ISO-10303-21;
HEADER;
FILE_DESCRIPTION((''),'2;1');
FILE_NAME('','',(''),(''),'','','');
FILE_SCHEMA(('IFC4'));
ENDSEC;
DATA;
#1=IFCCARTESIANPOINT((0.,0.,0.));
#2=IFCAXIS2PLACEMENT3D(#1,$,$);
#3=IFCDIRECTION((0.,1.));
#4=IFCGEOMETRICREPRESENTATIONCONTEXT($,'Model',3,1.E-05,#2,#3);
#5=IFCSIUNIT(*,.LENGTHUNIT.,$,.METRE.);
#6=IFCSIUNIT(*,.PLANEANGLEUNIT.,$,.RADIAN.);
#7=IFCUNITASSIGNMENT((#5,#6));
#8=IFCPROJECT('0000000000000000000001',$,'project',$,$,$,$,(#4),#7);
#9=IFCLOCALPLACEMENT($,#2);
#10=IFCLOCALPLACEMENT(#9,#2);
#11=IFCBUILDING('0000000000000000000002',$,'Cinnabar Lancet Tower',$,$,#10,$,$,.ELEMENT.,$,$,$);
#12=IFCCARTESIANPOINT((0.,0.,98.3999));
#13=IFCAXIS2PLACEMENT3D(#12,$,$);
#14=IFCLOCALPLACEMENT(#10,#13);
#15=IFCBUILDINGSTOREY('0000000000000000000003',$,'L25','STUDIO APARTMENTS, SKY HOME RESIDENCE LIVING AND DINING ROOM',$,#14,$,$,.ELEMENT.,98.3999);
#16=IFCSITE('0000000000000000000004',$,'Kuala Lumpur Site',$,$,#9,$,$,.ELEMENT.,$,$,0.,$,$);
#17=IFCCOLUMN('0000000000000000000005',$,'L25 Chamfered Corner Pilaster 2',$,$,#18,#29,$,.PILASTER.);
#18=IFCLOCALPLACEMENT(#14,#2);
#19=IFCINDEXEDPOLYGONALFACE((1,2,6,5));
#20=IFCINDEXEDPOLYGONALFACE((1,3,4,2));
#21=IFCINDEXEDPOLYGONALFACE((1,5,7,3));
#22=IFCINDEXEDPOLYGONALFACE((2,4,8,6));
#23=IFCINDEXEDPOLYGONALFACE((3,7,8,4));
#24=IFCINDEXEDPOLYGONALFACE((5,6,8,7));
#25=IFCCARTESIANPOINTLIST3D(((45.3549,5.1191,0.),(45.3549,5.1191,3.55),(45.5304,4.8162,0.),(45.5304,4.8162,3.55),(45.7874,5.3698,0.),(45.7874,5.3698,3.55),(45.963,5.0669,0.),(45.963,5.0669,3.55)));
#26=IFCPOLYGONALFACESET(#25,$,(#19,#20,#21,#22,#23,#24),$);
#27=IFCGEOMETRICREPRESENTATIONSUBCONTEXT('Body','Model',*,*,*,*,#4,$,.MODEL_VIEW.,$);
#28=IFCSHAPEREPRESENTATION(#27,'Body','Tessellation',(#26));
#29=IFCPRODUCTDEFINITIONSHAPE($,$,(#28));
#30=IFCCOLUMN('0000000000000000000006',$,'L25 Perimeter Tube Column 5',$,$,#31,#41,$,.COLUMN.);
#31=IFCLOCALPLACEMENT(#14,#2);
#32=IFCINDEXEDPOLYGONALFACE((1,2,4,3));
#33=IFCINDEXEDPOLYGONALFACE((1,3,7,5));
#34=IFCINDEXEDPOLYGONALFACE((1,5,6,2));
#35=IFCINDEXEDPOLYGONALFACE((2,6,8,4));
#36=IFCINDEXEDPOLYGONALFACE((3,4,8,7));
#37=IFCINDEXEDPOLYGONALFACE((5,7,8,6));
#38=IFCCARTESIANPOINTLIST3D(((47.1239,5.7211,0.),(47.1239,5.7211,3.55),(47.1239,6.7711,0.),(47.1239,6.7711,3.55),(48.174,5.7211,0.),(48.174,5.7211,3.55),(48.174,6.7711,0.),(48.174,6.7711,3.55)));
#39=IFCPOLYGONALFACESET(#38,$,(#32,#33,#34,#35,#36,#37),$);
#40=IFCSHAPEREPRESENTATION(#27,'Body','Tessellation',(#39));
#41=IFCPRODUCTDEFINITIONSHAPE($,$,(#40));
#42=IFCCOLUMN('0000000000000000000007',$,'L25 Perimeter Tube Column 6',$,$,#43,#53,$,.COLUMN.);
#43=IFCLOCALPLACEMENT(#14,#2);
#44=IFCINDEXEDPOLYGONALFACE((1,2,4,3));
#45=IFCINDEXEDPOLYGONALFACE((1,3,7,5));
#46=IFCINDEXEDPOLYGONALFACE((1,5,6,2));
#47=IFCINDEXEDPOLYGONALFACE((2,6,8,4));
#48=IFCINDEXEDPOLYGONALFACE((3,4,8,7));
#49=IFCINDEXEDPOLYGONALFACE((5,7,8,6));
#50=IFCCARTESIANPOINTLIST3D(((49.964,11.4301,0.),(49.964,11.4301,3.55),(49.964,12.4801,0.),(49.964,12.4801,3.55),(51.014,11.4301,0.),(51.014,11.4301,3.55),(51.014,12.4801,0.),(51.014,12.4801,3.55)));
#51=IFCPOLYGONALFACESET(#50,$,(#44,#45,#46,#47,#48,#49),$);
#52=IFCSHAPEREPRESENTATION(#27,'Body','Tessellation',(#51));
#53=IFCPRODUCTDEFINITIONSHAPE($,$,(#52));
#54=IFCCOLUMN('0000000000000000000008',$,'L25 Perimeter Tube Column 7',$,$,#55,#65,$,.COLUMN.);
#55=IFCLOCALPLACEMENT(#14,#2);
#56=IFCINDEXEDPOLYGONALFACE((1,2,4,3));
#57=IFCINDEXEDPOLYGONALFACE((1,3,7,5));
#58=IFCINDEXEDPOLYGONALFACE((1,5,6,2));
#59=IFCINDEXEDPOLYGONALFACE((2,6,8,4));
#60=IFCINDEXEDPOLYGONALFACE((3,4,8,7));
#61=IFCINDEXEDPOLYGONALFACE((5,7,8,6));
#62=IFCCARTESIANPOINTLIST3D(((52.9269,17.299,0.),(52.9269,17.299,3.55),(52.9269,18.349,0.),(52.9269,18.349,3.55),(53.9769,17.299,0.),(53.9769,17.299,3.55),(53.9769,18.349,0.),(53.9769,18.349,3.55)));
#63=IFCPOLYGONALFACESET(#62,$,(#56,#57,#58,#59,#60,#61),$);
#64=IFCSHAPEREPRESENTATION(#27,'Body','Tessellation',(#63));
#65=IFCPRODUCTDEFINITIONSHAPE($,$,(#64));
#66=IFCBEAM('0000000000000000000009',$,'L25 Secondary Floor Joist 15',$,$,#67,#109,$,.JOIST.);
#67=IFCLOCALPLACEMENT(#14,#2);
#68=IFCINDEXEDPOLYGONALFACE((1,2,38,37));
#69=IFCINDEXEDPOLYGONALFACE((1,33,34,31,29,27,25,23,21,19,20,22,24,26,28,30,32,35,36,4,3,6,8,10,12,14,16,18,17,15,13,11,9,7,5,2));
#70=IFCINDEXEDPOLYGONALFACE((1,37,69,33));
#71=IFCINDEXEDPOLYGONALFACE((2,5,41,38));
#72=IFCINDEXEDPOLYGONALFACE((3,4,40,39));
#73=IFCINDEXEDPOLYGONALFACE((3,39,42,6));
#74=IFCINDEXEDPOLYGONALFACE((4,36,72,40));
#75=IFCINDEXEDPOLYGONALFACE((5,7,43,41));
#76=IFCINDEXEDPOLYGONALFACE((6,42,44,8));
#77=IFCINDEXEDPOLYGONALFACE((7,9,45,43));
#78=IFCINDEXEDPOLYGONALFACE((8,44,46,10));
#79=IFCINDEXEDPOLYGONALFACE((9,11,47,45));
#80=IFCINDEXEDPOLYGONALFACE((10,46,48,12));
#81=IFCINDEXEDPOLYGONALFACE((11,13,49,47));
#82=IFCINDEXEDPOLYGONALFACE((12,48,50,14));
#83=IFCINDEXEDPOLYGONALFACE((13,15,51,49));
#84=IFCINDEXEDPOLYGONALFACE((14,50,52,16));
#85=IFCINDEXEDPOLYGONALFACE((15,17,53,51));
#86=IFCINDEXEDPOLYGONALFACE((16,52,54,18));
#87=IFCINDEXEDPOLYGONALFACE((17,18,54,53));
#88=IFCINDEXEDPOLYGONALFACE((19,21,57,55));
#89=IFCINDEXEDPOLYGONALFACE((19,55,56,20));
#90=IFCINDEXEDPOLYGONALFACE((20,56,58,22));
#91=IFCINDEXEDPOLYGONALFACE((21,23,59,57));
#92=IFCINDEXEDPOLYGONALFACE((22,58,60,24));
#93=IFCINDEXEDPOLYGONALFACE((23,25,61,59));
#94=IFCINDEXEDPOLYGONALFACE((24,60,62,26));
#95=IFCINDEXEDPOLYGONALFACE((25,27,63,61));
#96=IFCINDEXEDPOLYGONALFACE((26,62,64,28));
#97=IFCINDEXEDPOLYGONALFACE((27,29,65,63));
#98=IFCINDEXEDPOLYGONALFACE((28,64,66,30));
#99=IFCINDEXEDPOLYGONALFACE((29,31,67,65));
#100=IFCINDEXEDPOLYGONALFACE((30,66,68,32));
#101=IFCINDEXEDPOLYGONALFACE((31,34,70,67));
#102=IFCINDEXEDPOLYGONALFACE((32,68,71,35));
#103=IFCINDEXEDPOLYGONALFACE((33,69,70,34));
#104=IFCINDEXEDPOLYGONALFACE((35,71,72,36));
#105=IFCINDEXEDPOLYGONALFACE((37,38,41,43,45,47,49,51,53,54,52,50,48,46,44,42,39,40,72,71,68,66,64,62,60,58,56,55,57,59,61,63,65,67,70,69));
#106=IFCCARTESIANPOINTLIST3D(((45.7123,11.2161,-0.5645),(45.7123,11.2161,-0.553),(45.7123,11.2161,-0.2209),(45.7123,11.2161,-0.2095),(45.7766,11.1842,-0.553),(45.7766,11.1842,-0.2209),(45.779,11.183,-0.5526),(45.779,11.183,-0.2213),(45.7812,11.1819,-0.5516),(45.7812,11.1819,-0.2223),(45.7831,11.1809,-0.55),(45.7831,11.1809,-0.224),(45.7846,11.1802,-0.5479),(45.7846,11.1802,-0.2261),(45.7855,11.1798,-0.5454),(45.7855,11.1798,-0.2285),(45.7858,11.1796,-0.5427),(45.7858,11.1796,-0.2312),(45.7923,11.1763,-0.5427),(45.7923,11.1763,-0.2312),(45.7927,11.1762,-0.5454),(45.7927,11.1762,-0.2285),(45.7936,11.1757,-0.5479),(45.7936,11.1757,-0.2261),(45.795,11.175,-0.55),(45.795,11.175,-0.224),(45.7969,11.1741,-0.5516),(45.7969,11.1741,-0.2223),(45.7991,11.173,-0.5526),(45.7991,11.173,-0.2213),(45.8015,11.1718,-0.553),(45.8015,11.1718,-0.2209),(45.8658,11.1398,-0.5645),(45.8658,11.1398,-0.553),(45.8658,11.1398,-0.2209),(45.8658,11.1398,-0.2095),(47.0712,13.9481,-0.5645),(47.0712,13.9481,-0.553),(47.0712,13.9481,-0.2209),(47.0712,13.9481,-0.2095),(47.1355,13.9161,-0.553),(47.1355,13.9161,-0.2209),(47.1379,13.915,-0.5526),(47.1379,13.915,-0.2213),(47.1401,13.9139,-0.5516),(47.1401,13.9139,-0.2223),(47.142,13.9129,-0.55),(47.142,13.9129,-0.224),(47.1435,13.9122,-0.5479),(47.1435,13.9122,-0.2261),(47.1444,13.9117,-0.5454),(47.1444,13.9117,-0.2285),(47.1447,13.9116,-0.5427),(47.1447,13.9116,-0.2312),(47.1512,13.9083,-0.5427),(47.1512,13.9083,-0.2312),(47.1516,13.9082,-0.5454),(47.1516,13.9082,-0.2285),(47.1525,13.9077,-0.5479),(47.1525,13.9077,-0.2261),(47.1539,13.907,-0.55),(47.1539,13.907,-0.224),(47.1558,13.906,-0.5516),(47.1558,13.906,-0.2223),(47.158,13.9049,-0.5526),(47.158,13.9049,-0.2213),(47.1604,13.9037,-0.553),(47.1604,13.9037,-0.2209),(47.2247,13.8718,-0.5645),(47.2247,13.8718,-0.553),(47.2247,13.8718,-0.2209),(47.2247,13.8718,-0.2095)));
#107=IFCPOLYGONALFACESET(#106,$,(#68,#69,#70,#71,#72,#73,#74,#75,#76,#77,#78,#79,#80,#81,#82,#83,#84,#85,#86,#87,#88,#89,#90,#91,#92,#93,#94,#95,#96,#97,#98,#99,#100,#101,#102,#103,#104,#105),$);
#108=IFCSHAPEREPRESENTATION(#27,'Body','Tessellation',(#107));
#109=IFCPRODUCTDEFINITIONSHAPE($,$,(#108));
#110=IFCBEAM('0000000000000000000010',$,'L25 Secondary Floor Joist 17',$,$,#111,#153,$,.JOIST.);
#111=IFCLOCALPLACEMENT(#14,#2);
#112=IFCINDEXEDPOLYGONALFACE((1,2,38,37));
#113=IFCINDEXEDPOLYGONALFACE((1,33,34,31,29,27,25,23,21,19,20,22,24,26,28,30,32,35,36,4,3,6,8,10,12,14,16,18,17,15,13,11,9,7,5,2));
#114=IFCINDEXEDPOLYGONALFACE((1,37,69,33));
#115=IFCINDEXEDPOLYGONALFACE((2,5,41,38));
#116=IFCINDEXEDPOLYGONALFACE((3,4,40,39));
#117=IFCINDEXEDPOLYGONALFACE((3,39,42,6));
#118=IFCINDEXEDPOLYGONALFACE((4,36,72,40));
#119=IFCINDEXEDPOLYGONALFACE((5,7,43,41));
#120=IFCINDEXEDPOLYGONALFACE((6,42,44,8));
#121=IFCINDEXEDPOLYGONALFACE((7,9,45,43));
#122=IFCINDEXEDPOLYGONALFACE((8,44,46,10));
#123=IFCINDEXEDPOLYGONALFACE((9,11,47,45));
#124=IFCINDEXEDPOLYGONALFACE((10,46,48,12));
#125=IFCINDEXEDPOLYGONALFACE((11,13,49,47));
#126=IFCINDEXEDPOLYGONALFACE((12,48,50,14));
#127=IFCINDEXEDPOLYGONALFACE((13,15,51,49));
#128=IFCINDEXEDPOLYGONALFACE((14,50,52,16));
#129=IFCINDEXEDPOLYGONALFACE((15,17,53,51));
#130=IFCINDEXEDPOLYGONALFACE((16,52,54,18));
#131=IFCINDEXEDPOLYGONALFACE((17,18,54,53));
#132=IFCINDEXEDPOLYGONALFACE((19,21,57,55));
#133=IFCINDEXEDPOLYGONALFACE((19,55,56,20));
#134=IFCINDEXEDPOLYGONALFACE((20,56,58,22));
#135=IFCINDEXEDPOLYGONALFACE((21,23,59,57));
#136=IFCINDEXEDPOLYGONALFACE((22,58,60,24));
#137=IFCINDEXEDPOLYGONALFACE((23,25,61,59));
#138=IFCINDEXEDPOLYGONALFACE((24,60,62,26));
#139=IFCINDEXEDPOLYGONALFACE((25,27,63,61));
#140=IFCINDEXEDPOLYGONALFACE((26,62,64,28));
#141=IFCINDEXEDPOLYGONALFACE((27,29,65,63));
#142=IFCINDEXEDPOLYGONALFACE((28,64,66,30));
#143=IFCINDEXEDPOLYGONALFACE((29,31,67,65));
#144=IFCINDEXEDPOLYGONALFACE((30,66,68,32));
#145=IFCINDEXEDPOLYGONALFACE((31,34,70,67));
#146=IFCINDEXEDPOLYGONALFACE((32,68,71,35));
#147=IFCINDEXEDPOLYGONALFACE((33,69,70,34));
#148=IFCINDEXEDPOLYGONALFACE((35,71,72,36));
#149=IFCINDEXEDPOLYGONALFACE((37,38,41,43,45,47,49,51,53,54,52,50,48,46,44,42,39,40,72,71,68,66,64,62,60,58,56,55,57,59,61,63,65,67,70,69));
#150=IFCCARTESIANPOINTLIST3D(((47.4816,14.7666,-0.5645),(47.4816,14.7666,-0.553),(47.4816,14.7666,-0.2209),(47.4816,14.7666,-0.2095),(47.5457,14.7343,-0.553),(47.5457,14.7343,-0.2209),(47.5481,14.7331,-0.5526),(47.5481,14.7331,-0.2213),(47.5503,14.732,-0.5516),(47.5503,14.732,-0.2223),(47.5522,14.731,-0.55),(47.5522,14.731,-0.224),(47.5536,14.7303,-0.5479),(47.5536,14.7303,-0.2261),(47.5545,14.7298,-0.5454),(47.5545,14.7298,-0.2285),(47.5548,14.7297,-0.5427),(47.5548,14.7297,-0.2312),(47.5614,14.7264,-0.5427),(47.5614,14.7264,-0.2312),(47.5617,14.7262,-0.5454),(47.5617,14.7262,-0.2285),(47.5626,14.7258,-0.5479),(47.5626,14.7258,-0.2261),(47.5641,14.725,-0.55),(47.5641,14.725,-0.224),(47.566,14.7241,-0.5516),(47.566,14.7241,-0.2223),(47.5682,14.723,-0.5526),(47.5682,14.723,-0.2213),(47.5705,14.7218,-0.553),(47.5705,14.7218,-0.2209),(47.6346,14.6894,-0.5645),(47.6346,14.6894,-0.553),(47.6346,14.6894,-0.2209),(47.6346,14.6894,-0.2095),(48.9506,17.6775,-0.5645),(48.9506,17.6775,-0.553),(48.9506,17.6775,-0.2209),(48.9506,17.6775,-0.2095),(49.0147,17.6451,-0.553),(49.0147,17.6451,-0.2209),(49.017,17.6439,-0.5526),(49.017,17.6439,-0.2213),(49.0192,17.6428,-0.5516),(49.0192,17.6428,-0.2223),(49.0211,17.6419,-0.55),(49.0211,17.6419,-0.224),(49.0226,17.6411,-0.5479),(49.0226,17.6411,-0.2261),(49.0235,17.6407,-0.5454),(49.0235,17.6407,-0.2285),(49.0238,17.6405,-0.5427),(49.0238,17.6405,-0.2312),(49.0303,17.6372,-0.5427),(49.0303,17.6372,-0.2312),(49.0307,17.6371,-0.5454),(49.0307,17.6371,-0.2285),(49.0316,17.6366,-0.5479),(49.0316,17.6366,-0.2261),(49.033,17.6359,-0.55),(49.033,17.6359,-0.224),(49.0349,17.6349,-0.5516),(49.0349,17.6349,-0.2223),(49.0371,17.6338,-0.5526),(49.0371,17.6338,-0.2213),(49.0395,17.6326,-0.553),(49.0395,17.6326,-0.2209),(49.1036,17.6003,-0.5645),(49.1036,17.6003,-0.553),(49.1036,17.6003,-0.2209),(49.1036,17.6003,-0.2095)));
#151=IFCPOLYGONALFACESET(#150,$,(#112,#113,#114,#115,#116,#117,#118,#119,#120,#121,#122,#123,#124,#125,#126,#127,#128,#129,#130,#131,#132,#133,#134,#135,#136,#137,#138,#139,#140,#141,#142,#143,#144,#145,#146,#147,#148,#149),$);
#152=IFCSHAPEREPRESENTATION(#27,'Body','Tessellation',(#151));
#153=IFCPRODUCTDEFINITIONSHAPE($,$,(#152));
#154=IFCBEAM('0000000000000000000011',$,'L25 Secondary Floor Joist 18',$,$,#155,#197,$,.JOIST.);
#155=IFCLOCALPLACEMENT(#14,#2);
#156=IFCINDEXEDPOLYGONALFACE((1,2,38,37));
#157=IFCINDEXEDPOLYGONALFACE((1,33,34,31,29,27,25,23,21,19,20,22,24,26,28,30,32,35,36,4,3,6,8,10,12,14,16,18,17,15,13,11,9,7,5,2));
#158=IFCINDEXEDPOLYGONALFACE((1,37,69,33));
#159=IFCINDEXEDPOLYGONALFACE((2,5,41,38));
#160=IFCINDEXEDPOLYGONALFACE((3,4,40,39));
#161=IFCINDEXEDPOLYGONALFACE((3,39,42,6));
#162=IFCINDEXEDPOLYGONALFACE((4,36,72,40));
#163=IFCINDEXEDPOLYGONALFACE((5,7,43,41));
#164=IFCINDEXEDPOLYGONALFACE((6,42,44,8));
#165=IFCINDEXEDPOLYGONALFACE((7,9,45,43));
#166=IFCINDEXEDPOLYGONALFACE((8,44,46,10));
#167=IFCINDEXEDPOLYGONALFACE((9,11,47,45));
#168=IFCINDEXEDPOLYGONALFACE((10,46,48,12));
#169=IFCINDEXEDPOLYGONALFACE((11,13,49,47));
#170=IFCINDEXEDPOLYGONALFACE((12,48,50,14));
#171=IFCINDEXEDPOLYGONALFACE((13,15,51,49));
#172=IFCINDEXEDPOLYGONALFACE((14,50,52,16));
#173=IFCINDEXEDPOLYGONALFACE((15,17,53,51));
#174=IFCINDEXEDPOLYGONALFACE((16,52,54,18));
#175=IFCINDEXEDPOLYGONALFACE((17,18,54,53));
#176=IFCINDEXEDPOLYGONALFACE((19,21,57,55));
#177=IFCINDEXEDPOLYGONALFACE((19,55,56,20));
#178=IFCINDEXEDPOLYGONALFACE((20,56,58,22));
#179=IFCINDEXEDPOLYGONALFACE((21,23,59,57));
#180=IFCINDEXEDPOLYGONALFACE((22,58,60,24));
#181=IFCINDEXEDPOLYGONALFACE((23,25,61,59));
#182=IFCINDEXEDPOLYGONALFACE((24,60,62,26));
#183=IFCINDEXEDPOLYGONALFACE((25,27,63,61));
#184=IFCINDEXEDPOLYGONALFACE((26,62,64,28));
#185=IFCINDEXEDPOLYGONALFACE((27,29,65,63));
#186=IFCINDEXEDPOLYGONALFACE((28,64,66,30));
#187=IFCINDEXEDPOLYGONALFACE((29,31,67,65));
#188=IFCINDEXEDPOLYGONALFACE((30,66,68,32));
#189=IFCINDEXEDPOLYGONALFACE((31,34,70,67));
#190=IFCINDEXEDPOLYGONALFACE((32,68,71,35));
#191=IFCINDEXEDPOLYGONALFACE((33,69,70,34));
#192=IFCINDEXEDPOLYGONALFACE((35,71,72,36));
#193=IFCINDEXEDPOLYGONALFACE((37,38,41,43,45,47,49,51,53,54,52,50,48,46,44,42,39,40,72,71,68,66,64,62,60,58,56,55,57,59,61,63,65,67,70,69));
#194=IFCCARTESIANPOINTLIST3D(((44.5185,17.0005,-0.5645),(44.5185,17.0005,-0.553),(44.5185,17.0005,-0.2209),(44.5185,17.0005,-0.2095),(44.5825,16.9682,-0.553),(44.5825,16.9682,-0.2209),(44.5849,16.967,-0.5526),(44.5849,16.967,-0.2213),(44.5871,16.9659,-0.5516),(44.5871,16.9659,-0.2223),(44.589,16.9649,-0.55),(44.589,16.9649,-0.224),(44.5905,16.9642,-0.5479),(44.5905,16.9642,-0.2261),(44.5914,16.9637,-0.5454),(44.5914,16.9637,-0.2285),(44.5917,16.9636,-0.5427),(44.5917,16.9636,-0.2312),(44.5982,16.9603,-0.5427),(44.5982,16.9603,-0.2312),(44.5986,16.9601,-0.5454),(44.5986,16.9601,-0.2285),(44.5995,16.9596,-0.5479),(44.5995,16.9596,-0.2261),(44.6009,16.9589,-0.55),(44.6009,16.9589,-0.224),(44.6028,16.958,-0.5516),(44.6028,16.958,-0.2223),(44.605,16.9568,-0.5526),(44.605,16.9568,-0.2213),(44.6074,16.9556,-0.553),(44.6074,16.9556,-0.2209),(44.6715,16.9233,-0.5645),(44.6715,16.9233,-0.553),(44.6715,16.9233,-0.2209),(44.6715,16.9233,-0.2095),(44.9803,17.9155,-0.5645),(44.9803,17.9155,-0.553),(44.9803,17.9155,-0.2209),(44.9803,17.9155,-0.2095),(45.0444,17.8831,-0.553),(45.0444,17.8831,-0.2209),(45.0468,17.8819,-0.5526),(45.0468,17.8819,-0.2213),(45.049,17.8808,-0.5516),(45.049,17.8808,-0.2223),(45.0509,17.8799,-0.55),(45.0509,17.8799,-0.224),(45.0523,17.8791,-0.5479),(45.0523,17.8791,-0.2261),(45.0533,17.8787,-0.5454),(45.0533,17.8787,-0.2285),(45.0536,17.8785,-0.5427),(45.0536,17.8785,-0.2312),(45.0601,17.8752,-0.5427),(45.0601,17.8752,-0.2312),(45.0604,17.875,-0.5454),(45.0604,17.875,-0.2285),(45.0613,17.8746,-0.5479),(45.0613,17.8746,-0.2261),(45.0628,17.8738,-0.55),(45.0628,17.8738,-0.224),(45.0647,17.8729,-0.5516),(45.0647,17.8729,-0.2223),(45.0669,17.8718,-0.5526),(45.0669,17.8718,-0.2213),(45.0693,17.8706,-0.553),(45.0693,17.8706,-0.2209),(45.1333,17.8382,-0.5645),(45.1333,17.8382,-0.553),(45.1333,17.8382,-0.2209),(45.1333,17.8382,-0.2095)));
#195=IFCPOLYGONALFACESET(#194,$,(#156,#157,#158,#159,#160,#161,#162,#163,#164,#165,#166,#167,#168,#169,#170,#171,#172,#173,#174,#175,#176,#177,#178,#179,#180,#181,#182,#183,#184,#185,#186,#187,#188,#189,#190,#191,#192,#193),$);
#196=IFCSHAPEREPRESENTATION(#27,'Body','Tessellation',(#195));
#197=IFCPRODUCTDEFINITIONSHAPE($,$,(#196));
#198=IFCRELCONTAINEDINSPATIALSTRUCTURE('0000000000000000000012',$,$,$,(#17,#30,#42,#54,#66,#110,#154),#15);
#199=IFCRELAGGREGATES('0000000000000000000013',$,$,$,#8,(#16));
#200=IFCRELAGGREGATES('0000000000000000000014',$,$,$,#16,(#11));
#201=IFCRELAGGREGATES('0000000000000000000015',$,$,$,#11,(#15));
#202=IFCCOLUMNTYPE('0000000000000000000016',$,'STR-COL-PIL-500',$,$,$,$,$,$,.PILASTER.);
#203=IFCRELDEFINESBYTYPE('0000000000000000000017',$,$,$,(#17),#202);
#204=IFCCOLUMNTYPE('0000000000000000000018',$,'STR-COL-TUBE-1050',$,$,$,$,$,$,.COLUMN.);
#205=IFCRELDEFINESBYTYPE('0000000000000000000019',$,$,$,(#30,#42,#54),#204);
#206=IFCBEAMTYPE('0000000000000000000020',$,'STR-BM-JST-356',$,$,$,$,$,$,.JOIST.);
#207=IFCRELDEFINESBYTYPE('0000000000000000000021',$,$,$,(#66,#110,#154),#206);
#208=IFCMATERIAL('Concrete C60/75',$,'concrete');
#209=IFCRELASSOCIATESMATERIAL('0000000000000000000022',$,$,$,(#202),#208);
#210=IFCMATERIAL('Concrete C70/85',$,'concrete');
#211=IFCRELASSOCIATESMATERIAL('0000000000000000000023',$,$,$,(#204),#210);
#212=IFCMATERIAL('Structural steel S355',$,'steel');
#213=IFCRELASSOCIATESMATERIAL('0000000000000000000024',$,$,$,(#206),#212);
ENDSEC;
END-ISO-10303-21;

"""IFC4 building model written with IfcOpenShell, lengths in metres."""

from ifc_helpers import new_model, si_unit, direction, frame, origin, origin_2d, place, context, subcontext, project, spatial, rectangle, i_section, extrude, material, material_profile, profile_set, type_object, element, save


model = new_model("IFC4")

# Units and contexts
model_context = context("Model", 3, precision=1e-05, world=origin(), true_north=direction((0.0, 1.0)))
body_context = subcontext(model_context, "Body", "Model", "MODEL_VIEW")
ifc_project = project(units=[si_unit("LENGTHUNIT", "METRE"), si_unit("PLANEANGLEUNIT", "RADIAN")], contexts=[model_context])

# Site, building, storey
site_placement = place(None, origin())
site = spatial("IfcSite", under=ifc_project, at=site_placement, Name="Kuala Lumpur Site", CompositionType="ELEMENT", RefElevation=0.0)
building_placement = place(site_placement, origin())
building = spatial("IfcBuilding", under=site, at=building_placement, Name="Cinnabar Lancet Tower", CompositionType="ELEMENT")
storey_placement = place(building_placement, frame((0.0, 0.0, 98.3999)))
storey = spatial("IfcBuildingStorey", under=building, at=storey_placement, Name="L25", Description="STUDIO APARTMENTS, SKY HOME RESIDENCE LIVING AND DINING ROOM", CompositionType="ELEMENT", Elevation=98.3999)

# Columns
ifc_material_1 = material(Name="Concrete C60/75", Category="concrete")
ifc_material_profile_1 = material_profile(ifc_material_1, rectangle(XDim=0.5, YDim=0.3501, at=origin_2d()), Name="RC-PIL 500x350")
ifc_profile_set_1 = profile_set([ifc_material_profile_1], Name="Concrete C60/75")
column_type_1 = type_object("IfcColumnType", Name="STR-COL-PIL-500", PredefinedType="PILASTER", material=ifc_profile_set_1)
column_placement = place(storey_placement, frame((45.6589, 5.093, 0.0), z_axis=(0.0, 0.0, 1.0), x_axis=(0.86516, 0.501496, 0.0)))
element("IfcColumn", 1, at=column_placement, inside=storey, type_object=column_type_1, Name="L25 Chamfered Corner Pilaster 2", PredefinedType="PILASTER", context=body_context, shape_type="SweptSolid", body=[
    extrude(rectangle(XDim=0.5, YDim=0.3501, at=origin_2d()), origin(), (0.0, 0.0, 1.0), 3.55),
])
ifc_material_2 = material(Name="Concrete C70/85", Category="concrete")
ifc_material_profile_2 = material_profile(ifc_material_2, rectangle(XDim=1.05, YDim=1.05, at=origin_2d()), Name="RC-COL 1050x1050")
ifc_profile_set_2 = profile_set([ifc_material_profile_2], Name="Concrete C70/85")
column_type_2 = type_object("IfcColumnType", Name="STR-COL-TUBE-1050", PredefinedType="COLUMN", material=ifc_profile_set_2)
for number, where, z_axis, x_axis, name in (
    (2, (47.6489, 6.2461, 0.0), (0.0, 0.0, 1.0), (1.0, 0.0, 0.0), "L25 Perimeter Tube Column 5"),
    (3, (50.489, 11.9551, 0.0), (0.0, 0.0, 1.0), (1.0, 0.0, 0.0), "L25 Perimeter Tube Column 6"),
    (4, (53.4519, 17.824, 0.0), (0.0, 0.0, 1.0), (1.0, 0.0, 0.0), "L25 Perimeter Tube Column 7"),
):
    element("IfcColumn", number, at=place(storey_placement, frame(where, z_axis=z_axis, x_axis=x_axis)), inside=storey, type_object=column_type_2, Name=name, PredefinedType="COLUMN", context=body_context, shape_type="SweptSolid", body=[
        extrude(rectangle(XDim=1.05, YDim=1.05, at=origin_2d()), origin(), (0.0, 0.0, 1.0), 3.55),
    ])

# Beams
ifc_material_3 = material(Name="Structural steel S355", Category="steel")
ifc_material_profile_3 = material_profile(ifc_material_3, i_section(OverallWidth=0.1714, OverallDepth=0.355, WebThickness=0.0073, FlangeThickness=0.0115, FilletRadius=0.0103, at=origin_2d()), Name="UKB 356x171x51")
ifc_profile_set_3 = profile_set([ifc_material_profile_3], Name="Structural steel S355")
beam_type_1 = type_object("IfcBeamType", Name="STR-BM-JST-356", PredefinedType="JOIST", material=ifc_profile_set_3)
beam_1_placement = place(storey_placement, frame((45.7891, 11.178, -0.387), z_axis=(0.445356, 0.895353, 0.0), x_axis=(-0.895353, 0.445356, 0.0)))
element("IfcBeam", 5, at=beam_1_placement, inside=storey, type_object=beam_type_1, Name="L25 Secondary Floor Joist 15", PredefinedType="JOIST", context=body_context, shape_type="SweptSolid", body=[
    extrude(i_section(OverallWidth=0.1714, OverallDepth=0.355, WebThickness=0.0073, FlangeThickness=0.0115, FilletRadius=0.0103, at=origin_2d()), origin(), (0.0, 0.0, 1.0), 3.0513),
])
beam_2_placement = place(storey_placement, frame((47.5581, 14.728, -0.387), z_axis=(0.450535, 0.892759, 0.0), x_axis=(-0.892759, 0.450535, 0.0)))
element("IfcBeam", 6, at=beam_2_placement, inside=storey, type_object=beam_type_1, Name="L25 Secondary Floor Joist 17", PredefinedType="JOIST", context=body_context, shape_type="SweptSolid", body=[
    extrude(i_section(OverallWidth=0.1714, OverallDepth=0.355, WebThickness=0.0073, FlangeThickness=0.0115, FilletRadius=0.0103, at=origin_2d()), origin(), (0.0, 0.0, 1.0), 3.2605),
])
beam_3_placement = place(storey_placement, frame((44.595, 16.9619, -0.387), z_axis=(0.45064, 0.892706, 0.0), x_axis=(-0.892706, 0.45064, 0.0)))
element("IfcBeam", 7, at=beam_3_placement, inside=storey, type_object=beam_type_1, Name="L25 Secondary Floor Joist 18", PredefinedType="JOIST", context=body_context, shape_type="SweptSolid", body=[
    extrude(i_section(OverallWidth=0.1714, OverallDepth=0.355, WebThickness=0.0073, FlangeThickness=0.0115, FilletRadius=0.0103, at=origin_2d()), origin(), (0.0, 0.0, 1.0), 1.0249),
])

save(model, "model.ifc")
